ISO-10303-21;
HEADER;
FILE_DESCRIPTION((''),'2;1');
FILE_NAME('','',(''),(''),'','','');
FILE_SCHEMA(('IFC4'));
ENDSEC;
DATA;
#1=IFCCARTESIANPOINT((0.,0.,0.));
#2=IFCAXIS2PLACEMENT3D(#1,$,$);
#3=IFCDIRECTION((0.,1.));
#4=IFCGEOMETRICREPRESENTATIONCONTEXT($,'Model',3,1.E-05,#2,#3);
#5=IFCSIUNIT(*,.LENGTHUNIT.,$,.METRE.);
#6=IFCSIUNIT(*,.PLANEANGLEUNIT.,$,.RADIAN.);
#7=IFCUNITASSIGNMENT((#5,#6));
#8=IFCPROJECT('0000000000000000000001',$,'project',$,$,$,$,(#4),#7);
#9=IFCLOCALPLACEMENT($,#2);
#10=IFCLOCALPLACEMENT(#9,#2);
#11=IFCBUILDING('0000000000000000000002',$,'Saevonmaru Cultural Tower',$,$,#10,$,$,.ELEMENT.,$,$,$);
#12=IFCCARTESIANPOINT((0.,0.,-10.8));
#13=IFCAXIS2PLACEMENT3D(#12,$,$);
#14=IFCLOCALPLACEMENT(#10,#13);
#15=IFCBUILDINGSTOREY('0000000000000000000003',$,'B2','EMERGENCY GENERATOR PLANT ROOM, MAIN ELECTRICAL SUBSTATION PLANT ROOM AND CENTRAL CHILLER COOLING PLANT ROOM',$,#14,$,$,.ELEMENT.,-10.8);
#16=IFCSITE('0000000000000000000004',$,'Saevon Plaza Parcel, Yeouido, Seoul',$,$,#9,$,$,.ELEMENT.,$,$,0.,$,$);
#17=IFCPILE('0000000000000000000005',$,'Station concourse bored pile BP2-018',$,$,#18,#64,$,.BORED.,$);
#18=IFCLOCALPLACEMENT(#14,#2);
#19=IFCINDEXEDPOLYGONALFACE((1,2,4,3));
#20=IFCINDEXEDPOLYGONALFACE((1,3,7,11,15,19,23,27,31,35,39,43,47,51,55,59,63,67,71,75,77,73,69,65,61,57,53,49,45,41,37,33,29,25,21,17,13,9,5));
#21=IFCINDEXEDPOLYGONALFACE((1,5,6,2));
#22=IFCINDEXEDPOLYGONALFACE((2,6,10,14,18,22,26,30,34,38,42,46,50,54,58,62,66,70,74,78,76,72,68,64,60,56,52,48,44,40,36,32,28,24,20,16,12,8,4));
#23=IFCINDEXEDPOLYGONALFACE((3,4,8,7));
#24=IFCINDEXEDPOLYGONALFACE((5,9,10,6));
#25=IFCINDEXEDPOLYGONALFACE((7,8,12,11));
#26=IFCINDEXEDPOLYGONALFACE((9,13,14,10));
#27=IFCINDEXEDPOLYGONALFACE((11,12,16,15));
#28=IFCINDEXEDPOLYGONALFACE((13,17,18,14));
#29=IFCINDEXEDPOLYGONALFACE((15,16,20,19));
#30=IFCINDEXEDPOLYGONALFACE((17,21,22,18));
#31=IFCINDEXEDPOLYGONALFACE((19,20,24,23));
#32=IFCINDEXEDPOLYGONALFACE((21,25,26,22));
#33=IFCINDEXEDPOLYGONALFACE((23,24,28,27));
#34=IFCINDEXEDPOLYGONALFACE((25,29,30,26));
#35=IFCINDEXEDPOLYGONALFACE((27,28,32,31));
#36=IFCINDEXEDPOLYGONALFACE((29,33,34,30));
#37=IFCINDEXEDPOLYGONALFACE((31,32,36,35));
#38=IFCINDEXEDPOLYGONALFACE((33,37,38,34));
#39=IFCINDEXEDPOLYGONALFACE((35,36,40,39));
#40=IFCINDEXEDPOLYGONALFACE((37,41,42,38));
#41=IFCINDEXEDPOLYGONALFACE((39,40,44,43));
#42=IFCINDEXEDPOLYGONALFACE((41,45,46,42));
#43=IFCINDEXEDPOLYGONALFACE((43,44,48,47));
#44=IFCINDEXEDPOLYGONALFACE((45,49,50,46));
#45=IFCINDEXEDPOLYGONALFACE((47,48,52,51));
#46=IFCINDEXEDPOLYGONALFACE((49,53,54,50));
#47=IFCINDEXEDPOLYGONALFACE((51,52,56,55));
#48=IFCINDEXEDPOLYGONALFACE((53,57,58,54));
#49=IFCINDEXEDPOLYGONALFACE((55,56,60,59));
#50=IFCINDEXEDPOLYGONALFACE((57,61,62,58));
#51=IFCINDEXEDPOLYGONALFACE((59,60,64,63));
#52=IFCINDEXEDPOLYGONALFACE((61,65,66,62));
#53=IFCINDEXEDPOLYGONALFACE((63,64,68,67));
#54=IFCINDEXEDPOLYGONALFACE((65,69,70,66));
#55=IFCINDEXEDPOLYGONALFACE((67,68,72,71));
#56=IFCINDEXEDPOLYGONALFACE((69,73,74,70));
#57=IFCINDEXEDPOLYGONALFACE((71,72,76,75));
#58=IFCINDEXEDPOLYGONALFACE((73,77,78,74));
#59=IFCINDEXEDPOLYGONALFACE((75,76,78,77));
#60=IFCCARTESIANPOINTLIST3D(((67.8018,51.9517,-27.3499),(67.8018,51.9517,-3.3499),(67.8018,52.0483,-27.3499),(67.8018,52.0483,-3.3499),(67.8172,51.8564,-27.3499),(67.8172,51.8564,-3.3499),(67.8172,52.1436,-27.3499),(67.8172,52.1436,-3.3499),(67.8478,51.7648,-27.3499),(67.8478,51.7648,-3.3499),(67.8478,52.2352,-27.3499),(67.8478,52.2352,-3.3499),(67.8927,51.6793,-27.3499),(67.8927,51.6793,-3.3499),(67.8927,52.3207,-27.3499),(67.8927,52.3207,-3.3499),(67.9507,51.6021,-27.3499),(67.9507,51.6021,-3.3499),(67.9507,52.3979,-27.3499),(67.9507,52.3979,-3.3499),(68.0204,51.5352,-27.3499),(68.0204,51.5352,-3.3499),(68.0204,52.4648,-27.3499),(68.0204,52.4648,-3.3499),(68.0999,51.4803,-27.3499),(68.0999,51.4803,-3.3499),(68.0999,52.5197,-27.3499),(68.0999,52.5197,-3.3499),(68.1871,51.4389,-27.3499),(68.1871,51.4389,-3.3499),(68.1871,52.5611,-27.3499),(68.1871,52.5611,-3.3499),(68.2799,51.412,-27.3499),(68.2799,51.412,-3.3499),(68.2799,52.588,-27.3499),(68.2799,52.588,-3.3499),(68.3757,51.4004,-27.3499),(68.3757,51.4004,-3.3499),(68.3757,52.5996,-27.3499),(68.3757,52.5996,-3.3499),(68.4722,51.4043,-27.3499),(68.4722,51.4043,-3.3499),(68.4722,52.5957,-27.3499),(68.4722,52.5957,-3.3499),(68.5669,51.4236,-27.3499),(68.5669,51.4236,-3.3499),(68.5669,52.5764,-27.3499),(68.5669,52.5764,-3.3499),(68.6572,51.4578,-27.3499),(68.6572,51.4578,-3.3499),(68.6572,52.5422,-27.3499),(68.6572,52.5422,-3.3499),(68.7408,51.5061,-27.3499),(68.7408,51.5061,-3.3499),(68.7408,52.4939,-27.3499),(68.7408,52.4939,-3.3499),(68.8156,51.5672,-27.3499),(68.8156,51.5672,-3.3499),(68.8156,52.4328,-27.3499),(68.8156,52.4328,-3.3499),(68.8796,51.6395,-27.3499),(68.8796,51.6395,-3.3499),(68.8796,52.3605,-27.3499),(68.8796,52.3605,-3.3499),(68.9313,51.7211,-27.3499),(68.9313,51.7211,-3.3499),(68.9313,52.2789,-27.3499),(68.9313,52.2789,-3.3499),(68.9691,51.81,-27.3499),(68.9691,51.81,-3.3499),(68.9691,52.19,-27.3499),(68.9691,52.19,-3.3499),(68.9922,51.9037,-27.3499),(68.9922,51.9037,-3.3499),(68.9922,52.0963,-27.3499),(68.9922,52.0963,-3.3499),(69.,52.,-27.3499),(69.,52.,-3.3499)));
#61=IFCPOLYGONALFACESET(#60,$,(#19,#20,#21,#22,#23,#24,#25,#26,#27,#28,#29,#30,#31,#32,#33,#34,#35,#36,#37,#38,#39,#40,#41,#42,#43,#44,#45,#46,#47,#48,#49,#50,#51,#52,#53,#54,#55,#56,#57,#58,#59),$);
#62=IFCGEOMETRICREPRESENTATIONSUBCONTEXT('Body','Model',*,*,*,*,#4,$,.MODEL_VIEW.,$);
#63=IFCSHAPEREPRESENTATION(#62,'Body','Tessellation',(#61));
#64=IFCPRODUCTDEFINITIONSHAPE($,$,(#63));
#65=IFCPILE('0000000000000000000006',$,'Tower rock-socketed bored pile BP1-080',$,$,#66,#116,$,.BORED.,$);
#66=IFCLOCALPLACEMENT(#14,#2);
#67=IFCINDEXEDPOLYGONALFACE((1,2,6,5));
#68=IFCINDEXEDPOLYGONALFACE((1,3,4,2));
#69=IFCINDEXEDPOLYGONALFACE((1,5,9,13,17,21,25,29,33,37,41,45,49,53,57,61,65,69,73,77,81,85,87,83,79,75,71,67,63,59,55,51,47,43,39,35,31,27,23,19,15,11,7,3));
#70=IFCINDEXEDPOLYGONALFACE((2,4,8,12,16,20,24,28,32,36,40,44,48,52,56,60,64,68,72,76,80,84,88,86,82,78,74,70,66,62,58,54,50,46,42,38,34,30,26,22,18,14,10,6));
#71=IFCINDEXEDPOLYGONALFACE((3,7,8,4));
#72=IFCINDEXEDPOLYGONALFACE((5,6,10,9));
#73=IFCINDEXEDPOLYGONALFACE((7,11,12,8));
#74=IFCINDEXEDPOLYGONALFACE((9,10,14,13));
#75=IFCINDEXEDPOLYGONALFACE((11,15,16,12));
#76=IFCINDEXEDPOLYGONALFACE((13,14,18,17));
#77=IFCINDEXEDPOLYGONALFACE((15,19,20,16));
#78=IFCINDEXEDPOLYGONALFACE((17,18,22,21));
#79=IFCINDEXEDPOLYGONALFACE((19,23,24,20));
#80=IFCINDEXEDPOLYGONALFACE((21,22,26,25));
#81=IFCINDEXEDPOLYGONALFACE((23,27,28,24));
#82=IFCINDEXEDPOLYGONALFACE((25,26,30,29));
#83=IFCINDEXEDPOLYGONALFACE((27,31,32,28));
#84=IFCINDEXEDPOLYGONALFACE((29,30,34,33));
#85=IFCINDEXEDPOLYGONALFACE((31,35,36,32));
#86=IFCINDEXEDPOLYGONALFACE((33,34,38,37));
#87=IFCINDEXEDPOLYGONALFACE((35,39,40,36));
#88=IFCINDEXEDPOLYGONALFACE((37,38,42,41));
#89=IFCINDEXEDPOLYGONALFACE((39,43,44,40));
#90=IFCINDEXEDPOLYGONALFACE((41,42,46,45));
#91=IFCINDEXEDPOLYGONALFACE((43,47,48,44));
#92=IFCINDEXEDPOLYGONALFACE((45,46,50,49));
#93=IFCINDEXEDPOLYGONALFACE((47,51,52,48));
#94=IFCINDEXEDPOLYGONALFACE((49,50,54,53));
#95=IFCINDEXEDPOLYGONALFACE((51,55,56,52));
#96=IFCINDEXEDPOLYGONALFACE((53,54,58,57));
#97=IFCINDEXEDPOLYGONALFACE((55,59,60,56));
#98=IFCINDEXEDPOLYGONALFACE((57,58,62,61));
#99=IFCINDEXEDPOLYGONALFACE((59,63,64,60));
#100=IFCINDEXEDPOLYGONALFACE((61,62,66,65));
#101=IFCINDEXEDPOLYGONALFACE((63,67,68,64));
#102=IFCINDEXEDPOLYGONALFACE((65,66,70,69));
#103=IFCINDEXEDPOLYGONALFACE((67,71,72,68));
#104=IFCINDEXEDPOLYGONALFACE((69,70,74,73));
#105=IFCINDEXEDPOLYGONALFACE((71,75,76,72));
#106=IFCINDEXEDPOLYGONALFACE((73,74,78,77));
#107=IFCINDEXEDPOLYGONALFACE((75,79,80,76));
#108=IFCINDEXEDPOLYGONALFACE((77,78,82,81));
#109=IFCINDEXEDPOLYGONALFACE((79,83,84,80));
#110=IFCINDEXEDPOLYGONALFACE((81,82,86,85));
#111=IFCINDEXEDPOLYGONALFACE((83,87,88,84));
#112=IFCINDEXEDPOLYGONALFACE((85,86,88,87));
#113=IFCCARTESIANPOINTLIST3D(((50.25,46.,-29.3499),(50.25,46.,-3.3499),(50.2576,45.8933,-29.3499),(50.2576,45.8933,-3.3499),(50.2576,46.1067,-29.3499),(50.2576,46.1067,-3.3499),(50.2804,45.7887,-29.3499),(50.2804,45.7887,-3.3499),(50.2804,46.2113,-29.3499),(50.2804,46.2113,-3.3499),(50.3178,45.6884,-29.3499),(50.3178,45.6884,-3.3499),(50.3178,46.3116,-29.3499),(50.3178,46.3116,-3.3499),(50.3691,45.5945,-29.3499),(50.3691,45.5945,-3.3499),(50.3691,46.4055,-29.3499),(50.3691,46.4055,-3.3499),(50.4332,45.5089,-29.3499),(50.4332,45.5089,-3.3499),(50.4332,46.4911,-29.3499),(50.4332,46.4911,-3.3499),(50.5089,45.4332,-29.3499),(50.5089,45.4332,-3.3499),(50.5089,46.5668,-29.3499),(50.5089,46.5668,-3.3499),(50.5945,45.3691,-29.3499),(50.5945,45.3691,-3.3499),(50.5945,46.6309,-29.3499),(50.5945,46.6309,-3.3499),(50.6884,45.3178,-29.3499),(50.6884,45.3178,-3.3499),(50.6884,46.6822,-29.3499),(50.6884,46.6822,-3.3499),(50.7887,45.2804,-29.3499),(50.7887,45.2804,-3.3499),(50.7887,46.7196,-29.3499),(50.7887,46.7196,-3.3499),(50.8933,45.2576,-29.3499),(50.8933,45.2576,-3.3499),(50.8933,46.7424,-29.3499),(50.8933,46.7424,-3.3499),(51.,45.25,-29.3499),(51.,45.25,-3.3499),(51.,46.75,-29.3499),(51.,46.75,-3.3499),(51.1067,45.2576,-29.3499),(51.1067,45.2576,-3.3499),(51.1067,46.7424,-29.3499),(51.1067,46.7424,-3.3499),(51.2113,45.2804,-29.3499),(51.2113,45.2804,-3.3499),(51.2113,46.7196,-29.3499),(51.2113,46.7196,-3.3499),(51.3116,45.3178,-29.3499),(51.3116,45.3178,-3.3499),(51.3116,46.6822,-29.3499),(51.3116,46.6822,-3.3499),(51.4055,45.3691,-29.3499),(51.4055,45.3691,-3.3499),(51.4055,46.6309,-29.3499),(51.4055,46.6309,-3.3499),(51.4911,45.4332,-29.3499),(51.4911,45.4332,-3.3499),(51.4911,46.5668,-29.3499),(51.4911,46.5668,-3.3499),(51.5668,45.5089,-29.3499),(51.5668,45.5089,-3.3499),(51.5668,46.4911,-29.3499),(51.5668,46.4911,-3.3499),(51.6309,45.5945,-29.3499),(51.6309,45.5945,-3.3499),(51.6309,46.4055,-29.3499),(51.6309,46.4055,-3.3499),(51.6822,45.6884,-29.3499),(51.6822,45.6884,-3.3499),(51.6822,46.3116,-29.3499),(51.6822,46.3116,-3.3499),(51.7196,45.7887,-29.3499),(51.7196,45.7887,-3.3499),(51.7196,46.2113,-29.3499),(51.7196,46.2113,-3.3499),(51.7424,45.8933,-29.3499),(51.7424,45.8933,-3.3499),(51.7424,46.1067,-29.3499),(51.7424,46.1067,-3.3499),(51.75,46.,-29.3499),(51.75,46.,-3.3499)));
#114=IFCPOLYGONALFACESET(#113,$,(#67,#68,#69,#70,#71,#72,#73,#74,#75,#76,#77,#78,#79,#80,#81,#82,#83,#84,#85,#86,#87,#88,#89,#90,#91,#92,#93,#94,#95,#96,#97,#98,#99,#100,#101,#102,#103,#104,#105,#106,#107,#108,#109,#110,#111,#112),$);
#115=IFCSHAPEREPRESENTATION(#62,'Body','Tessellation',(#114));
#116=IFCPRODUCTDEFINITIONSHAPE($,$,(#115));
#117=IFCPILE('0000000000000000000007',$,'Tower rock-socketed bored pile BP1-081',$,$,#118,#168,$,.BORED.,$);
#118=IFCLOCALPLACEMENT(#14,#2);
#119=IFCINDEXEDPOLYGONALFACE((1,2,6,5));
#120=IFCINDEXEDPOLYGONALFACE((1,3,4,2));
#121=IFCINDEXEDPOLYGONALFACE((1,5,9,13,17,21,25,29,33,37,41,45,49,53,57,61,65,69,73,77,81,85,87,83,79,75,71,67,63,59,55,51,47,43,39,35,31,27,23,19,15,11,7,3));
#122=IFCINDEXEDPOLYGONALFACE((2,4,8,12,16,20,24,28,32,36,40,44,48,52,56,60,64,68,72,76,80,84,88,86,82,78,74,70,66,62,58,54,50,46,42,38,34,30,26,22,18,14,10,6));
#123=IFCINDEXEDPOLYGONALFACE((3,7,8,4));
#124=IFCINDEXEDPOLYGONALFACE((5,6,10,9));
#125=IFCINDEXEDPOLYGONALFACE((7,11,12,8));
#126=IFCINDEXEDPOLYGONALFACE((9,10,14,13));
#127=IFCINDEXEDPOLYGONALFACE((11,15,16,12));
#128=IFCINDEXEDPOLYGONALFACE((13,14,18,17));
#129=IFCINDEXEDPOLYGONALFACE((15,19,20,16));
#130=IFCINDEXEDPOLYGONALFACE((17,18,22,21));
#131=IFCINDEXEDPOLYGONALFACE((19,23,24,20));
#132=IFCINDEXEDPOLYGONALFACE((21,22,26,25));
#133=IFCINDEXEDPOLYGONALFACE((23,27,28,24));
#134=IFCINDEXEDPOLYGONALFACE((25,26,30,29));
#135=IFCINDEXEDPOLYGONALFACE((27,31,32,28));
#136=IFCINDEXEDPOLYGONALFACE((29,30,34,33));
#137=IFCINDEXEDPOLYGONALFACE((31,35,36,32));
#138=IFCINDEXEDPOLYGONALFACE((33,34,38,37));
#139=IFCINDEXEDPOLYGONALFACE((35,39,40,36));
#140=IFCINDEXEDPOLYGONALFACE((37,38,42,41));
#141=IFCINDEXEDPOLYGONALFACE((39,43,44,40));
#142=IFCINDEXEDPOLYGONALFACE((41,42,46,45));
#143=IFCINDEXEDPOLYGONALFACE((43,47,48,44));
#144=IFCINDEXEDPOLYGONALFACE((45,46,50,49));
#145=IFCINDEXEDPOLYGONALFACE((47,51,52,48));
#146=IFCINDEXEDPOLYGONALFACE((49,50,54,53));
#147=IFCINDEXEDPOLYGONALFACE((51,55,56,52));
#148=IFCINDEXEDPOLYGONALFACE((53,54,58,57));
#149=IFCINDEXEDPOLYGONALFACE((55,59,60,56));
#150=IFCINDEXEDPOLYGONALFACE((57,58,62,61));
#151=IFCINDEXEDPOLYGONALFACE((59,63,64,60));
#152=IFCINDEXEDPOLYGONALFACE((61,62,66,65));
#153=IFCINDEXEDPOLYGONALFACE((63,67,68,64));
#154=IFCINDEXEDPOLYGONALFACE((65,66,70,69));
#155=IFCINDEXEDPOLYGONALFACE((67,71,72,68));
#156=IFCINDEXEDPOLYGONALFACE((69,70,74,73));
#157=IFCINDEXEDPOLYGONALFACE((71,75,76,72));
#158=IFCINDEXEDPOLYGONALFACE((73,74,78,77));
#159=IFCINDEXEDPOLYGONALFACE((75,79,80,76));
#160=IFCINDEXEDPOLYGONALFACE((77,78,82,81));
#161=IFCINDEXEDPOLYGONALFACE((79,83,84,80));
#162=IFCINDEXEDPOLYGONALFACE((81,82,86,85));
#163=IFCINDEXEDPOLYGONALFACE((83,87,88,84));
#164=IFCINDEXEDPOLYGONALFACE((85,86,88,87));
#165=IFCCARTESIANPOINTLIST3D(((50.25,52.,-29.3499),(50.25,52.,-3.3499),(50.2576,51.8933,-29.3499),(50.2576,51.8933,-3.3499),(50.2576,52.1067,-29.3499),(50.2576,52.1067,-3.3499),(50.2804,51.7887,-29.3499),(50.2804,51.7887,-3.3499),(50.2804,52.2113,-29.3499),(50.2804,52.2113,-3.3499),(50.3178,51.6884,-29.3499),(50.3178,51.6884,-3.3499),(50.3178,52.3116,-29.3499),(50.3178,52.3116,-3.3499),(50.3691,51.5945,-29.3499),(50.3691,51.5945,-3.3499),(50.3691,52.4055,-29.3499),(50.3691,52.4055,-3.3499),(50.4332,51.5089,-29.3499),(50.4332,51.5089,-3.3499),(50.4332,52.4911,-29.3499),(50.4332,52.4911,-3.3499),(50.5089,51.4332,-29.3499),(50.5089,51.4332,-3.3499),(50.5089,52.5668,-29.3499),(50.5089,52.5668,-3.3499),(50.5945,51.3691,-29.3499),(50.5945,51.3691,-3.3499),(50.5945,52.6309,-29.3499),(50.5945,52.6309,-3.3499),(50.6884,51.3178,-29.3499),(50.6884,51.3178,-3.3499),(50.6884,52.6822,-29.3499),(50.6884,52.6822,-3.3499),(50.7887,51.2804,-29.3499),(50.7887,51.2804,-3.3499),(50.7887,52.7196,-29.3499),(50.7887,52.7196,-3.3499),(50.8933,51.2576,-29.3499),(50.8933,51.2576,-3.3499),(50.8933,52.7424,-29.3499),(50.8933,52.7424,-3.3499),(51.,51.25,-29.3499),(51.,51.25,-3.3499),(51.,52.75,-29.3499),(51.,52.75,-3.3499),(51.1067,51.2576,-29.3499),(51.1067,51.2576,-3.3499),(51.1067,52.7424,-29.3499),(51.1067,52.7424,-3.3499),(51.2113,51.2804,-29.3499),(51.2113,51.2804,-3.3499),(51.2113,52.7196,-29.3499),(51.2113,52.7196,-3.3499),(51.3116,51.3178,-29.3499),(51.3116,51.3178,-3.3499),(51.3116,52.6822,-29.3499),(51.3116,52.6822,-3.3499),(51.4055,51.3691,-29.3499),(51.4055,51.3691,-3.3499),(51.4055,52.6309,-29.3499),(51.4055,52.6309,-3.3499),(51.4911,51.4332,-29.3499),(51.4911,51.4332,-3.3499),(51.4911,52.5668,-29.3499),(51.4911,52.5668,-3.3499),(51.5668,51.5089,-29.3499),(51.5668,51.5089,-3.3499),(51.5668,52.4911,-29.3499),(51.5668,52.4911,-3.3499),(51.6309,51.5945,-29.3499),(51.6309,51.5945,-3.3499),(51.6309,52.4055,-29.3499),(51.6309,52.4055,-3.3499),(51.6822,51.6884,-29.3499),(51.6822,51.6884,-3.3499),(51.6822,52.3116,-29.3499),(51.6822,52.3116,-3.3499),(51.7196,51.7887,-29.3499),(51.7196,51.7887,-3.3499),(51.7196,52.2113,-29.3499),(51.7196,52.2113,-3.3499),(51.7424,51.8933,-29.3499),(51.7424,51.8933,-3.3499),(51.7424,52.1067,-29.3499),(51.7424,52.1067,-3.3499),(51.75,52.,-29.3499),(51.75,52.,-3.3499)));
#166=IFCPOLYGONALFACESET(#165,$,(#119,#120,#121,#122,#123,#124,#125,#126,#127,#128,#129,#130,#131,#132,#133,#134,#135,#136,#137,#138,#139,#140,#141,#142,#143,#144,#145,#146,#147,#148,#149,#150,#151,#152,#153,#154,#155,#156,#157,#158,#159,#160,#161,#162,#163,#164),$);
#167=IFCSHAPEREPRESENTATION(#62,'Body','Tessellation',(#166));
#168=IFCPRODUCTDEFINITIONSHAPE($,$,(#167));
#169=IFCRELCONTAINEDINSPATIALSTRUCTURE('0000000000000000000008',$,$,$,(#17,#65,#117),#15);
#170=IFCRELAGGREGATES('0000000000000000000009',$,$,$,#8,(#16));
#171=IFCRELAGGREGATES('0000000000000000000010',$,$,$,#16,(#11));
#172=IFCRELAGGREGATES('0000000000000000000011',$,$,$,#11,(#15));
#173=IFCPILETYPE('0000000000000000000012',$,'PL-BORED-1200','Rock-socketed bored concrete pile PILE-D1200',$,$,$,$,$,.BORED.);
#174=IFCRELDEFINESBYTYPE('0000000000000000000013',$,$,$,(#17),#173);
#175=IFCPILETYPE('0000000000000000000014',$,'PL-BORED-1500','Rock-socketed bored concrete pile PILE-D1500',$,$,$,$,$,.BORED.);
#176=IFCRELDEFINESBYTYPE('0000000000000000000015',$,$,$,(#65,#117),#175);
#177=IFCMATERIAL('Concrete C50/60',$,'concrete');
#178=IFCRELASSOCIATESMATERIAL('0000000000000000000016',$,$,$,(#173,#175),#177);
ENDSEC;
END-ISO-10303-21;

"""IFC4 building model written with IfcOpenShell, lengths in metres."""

from ifc_helpers import new_model, si_unit, direction, frame, origin, origin_2d, place, context, subcontext, project, spatial, circle, extrude, material, material_profile, profile_set, type_object, element, save


model = new_model("IFC4")

# Units and contexts
model_context = context("Model", 3, precision=1e-05, world=origin(), true_north=direction((0.0, 1.0)))
body_context = subcontext(model_context, "Body", "Model", "MODEL_VIEW")
ifc_project = project(units=[si_unit("LENGTHUNIT", "METRE"), si_unit("PLANEANGLEUNIT", "RADIAN")], contexts=[model_context])

# Site, building, storey
site_placement = place(None, origin())
site = spatial("IfcSite", under=ifc_project, at=site_placement, Name="Saevon Plaza Parcel, Yeouido, Seoul", CompositionType="ELEMENT", RefElevation=0.0)
building_placement = place(site_placement, origin())
building = spatial("IfcBuilding", under=site, at=building_placement, Name="Saevonmaru Cultural Tower", CompositionType="ELEMENT")
storey_placement = place(building_placement, frame((0.0, 0.0, -10.8)))
storey = spatial("IfcBuildingStorey", under=building, at=storey_placement, Name="B2", Description="EMERGENCY GENERATOR PLANT ROOM, MAIN ELECTRICAL SUBSTATION PLANT ROOM AND CENTRAL CHILLER COOLING PLANT ROOM", CompositionType="ELEMENT", Elevation=-10.8)

# Piles
ifc_material_1 = material(Name="Concrete C50/60", Category="concrete")
ifc_material_profile_1 = material_profile(ifc_material_1, circle(Radius=0.6001, at=origin_2d()), Name="PILE-D1200")
ifc_profile_set_1 = profile_set([ifc_material_profile_1], Name="Concrete C50/60")
pile_type_1 = type_object("IfcPileType", Name="PL-BORED-1200", Description="Rock-socketed bored concrete pile PILE-D1200", PredefinedType="BORED", material=ifc_profile_set_1)
for number, where, z_axis, x_axis, name in (
    (1, (68.3999, 52.0, -3.3499), (0.0, 0.0, -1.0), (1.0, 0.0, 0.0), "Station concourse bored pile BP2-018"),
):
    element("IfcPile", number, at=place(storey_placement, frame(where, z_axis=z_axis, x_axis=x_axis)), inside=storey, type_object=pile_type_1, Name=name, PredefinedType="BORED", context=body_context, shape_type="SweptSolid", body=[
        extrude(circle(Radius=0.6001, at=origin_2d()), origin(), (0.0, 0.0, 1.0), 24.0),
    ])
ifc_material_profile_2 = material_profile(ifc_material_1, circle(Radius=0.75, at=origin_2d()), Name="PILE-D1500")
ifc_profile_set_2 = profile_set([ifc_material_profile_2], Name="Concrete C50/60")
pile_type_2 = type_object("IfcPileType", Name="PL-BORED-1500", Description="Rock-socketed bored concrete pile PILE-D1500", PredefinedType="BORED", material=ifc_profile_set_2)
for number, where, z_axis, x_axis, name in (
    (2, (51.0, 46.0, -3.3499), (0.0, 0.0, -1.0), (1.0, 0.0, 0.0), "Tower rock-socketed bored pile BP1-080"),
    (3, (51.0, 52.0, -3.3499), (0.0, 0.0, -1.0), (1.0, 0.0, 0.0), "Tower rock-socketed bored pile BP1-081"),
):
    element("IfcPile", number, at=place(storey_placement, frame(where, z_axis=z_axis, x_axis=x_axis)), inside=storey, type_object=pile_type_2, Name=name, PredefinedType="BORED", context=body_context, shape_type="SweptSolid", body=[
        extrude(circle(Radius=0.75, at=origin_2d()), origin(), (0.0, 0.0, 1.0), 26.0),
    ])

save(model, "model.ifc")
